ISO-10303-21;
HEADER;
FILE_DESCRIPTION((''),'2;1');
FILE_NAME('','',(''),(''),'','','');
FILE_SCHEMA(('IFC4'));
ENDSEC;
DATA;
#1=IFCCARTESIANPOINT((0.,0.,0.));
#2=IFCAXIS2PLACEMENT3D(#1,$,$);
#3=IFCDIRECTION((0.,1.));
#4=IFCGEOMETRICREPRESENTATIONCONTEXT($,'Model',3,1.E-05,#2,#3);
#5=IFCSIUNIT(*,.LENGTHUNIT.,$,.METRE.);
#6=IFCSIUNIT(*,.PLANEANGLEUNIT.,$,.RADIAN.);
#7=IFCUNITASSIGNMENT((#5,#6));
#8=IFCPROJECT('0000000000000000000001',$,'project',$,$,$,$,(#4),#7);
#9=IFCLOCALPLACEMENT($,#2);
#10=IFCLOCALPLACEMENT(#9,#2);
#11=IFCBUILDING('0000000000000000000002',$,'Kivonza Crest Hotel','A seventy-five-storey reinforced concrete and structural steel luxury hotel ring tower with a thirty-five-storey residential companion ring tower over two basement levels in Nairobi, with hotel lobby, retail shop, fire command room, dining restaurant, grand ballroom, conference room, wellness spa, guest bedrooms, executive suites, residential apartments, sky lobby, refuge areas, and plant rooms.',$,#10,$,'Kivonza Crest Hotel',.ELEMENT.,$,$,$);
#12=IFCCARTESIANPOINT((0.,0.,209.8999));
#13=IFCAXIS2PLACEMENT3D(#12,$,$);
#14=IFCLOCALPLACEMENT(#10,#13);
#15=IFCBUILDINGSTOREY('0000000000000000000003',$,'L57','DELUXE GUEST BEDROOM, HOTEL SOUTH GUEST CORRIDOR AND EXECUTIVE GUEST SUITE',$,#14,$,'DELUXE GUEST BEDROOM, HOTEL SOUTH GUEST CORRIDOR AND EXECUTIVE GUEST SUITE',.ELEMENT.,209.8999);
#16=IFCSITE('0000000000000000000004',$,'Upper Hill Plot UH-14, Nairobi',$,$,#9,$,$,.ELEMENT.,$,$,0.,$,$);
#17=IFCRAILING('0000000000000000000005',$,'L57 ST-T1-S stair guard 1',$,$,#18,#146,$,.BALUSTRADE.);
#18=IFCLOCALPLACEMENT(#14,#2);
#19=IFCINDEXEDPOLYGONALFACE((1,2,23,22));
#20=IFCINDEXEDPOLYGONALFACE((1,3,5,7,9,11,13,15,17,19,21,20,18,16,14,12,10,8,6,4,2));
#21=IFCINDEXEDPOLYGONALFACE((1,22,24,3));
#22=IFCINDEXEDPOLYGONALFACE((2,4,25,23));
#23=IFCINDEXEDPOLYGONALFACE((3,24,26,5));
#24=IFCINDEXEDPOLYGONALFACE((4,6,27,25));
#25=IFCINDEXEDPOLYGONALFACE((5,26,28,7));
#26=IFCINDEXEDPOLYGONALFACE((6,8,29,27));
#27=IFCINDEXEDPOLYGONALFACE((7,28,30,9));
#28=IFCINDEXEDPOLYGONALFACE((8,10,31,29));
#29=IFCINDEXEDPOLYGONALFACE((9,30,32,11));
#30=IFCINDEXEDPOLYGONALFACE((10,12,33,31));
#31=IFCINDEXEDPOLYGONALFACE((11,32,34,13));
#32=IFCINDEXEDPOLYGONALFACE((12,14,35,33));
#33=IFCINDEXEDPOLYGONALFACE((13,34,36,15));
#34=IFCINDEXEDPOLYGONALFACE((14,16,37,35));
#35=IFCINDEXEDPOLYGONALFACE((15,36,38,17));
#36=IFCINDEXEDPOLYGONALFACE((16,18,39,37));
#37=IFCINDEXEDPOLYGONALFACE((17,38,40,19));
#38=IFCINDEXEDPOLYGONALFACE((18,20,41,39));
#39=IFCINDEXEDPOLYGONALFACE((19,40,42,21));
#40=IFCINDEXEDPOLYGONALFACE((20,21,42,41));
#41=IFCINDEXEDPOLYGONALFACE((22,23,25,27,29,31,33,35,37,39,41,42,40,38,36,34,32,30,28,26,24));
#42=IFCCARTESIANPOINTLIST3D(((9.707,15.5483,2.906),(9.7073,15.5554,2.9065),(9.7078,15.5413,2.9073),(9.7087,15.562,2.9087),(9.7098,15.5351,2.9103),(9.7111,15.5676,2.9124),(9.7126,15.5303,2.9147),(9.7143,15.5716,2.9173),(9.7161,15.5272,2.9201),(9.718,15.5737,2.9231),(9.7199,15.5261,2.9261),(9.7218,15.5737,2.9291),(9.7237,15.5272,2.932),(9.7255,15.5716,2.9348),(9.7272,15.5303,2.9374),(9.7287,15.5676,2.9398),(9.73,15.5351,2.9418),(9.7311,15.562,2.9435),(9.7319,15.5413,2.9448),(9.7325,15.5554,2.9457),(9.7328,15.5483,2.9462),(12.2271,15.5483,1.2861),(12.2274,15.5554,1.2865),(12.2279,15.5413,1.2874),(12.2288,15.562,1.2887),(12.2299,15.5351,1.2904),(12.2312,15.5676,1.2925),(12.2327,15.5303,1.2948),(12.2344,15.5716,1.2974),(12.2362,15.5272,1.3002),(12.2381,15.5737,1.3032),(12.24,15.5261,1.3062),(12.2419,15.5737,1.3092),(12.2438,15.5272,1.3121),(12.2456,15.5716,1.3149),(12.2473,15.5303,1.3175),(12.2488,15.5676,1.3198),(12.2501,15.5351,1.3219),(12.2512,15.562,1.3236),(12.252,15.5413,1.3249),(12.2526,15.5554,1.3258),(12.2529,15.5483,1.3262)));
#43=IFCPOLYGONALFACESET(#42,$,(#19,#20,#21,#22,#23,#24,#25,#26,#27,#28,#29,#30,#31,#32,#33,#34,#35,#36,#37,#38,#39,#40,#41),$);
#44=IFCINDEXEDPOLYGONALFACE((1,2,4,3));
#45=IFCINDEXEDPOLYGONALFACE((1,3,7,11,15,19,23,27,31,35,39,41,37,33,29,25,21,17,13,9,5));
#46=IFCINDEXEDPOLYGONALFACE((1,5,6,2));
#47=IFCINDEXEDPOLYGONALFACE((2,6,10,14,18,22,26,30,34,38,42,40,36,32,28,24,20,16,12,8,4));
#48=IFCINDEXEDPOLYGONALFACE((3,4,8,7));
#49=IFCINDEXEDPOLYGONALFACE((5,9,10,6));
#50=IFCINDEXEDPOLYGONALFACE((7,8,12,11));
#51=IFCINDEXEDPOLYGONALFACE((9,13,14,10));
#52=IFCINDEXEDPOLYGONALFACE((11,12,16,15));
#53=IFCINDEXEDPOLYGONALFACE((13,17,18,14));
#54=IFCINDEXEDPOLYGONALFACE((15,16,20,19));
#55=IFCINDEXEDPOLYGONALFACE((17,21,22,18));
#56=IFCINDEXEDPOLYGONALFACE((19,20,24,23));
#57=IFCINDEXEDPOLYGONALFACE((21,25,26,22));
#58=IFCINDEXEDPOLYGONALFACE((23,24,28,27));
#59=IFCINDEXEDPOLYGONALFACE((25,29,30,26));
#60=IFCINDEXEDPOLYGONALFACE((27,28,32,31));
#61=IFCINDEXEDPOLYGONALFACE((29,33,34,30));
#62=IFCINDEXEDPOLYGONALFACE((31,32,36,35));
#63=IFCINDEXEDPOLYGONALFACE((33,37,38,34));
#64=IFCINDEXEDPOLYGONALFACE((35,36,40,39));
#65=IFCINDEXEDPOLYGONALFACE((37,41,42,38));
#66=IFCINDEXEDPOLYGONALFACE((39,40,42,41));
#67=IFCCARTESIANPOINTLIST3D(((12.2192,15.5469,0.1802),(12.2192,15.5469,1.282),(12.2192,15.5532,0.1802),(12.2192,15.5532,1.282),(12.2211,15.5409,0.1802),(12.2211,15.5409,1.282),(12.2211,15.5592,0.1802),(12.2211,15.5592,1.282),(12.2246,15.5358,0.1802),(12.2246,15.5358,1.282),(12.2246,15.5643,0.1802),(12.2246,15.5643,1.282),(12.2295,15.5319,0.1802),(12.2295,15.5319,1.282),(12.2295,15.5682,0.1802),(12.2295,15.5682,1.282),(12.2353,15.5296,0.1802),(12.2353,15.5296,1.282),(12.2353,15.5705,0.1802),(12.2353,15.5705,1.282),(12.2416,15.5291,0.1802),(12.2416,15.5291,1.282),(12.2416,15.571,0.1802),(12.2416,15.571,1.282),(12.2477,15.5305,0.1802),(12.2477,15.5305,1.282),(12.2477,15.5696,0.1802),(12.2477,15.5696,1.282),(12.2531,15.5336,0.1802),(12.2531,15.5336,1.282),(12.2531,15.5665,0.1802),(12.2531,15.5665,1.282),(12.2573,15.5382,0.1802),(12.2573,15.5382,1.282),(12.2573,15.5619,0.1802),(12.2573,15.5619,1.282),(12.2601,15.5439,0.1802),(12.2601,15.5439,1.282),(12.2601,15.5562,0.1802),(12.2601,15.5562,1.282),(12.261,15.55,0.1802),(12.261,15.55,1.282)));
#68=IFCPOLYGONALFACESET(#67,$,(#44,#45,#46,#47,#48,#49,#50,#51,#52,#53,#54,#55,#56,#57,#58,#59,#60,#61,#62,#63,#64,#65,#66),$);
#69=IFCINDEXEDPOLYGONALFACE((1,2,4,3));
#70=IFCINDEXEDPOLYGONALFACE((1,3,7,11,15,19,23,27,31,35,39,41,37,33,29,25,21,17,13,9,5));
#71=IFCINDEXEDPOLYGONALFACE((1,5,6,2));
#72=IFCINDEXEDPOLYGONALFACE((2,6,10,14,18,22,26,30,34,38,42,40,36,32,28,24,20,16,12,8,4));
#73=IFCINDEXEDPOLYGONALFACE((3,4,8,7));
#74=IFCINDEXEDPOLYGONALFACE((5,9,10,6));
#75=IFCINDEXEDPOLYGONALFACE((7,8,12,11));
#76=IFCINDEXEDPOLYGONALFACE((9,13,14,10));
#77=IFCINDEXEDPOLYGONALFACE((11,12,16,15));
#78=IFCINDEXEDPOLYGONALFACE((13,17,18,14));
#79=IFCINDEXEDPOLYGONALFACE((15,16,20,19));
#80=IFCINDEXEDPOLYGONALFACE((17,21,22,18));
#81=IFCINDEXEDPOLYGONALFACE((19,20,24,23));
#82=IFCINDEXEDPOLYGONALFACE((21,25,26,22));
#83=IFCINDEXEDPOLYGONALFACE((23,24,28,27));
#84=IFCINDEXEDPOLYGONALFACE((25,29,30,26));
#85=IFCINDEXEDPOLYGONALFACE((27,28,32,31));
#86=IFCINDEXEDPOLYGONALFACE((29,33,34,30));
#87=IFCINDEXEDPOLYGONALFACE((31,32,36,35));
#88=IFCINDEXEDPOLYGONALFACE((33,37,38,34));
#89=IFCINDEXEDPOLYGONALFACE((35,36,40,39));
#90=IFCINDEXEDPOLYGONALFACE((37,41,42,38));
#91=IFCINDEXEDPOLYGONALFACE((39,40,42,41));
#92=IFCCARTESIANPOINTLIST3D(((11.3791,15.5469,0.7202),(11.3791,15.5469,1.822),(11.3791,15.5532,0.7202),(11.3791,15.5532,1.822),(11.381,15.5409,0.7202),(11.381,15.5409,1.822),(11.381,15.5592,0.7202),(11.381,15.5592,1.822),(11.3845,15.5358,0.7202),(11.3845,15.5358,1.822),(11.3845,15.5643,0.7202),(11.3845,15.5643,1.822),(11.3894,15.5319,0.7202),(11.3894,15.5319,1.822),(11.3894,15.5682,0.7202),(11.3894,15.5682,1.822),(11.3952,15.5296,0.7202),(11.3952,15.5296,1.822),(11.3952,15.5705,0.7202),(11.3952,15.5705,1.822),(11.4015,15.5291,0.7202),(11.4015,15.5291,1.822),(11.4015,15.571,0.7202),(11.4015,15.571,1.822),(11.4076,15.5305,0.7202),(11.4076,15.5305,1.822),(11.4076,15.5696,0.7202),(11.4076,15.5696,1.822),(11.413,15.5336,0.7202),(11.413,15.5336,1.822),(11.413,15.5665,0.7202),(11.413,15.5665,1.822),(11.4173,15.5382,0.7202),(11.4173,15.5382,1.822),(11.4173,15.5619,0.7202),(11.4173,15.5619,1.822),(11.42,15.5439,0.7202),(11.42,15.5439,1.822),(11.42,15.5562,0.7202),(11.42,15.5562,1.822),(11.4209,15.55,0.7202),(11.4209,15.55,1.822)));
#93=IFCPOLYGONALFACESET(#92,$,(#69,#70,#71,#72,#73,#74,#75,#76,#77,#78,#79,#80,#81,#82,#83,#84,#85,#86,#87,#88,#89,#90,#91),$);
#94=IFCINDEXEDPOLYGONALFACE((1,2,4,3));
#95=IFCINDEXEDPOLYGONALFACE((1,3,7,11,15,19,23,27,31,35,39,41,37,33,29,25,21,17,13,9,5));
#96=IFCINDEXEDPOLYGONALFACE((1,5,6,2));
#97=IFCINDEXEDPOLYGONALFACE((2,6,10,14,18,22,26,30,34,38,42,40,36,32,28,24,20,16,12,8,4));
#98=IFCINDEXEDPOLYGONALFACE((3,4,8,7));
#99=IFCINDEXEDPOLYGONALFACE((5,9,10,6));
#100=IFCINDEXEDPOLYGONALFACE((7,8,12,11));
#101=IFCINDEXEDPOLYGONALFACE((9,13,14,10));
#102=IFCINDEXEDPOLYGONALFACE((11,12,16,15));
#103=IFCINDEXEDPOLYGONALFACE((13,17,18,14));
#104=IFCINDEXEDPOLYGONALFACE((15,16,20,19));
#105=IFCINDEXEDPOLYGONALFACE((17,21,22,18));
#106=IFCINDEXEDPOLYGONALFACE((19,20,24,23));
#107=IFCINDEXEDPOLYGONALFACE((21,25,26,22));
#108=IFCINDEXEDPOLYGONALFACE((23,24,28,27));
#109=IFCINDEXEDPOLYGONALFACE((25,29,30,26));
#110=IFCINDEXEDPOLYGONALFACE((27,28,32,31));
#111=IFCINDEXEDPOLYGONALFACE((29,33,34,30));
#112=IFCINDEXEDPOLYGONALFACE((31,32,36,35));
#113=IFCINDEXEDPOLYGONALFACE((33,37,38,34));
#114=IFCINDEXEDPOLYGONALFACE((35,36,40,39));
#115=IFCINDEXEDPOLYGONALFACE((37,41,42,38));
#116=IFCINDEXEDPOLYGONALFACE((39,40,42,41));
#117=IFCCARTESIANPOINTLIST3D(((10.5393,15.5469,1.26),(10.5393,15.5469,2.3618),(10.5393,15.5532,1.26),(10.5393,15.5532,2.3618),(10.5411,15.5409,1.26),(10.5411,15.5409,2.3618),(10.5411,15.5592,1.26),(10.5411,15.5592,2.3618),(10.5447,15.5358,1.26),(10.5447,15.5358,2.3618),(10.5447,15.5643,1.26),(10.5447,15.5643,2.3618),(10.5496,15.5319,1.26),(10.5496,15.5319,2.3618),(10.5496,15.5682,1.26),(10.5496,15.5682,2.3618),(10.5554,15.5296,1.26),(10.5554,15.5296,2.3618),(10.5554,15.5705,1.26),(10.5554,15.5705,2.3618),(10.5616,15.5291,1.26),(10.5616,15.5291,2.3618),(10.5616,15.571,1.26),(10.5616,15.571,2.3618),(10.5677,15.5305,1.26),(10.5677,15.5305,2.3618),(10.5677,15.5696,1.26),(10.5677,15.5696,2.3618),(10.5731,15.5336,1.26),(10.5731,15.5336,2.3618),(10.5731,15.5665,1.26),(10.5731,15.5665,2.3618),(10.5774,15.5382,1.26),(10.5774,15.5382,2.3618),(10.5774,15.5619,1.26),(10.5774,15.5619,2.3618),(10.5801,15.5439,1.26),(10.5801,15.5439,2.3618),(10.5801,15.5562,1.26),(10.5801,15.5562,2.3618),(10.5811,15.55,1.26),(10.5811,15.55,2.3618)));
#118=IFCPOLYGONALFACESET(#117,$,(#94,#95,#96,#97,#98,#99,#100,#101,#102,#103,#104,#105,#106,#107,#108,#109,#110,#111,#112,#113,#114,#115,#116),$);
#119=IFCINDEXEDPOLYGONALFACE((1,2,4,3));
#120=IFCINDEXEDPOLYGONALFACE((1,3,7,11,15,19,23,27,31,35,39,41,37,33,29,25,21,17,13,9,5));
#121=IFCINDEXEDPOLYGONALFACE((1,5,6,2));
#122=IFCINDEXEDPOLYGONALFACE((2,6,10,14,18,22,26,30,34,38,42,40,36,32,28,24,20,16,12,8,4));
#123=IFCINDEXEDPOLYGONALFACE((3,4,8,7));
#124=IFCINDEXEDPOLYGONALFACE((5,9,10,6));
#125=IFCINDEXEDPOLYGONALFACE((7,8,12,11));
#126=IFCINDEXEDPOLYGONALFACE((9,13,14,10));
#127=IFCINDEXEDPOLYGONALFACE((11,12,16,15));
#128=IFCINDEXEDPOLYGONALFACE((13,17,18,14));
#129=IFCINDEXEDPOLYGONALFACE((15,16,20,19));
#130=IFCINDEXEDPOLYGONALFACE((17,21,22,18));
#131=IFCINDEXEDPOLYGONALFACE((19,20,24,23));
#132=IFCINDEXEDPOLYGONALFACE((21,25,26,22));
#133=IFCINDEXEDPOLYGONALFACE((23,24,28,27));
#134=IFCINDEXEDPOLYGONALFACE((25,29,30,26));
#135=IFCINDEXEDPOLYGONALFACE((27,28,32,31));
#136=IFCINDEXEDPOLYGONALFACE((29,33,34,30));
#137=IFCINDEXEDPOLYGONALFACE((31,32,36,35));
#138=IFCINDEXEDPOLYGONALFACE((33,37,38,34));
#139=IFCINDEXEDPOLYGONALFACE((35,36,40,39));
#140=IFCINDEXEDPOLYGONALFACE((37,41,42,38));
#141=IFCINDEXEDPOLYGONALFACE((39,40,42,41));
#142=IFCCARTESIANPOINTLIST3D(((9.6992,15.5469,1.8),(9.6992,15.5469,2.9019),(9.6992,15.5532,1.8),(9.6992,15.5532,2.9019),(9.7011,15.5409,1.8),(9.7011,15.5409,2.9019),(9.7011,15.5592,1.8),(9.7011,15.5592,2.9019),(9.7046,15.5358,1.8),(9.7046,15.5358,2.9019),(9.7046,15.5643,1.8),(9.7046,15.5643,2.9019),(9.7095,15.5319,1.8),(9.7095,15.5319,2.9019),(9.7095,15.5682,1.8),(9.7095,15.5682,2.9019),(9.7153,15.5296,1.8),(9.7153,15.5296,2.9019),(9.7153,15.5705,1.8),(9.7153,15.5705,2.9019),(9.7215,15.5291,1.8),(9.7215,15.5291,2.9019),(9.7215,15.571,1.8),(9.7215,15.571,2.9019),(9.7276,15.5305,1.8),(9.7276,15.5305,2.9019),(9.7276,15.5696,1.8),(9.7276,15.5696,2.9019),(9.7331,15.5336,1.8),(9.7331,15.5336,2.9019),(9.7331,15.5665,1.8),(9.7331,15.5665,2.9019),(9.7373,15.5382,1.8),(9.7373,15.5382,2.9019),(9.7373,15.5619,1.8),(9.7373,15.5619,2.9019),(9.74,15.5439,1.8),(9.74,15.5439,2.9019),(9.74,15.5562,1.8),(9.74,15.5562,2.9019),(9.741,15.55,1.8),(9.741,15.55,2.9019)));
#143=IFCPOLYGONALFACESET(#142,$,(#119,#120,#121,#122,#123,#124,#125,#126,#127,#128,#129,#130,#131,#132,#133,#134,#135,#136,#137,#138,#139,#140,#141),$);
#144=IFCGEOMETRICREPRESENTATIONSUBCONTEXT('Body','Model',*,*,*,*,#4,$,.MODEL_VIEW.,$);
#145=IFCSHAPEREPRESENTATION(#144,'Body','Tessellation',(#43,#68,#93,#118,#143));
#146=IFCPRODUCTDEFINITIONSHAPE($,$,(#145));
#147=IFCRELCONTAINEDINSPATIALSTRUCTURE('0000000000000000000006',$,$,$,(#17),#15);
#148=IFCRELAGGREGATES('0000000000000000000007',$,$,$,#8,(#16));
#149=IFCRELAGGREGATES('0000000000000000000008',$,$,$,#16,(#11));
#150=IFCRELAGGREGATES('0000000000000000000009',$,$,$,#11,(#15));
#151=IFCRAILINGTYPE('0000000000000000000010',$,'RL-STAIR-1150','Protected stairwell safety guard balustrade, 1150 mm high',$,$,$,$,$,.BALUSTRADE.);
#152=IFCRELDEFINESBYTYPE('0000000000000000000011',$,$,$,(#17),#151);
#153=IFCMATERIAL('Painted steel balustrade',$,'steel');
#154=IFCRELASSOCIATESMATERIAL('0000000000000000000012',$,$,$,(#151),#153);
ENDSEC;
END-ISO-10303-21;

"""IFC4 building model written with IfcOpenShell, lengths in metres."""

from ifc_helpers import new_model, si_unit, direction, frame, origin, origin_2d, place, context, subcontext, project, spatial, circle, extrude, material, type_object, element, save


model = new_model("IFC4")

# Units and contexts
model_context = context("Model", 3, precision=1e-05, world=origin(), true_north=direction((0.0, 1.0)))
body_context = subcontext(model_context, "Body", "Model", "MODEL_VIEW")
ifc_project = project(units=[si_unit("LENGTHUNIT", "METRE"), si_unit("PLANEANGLEUNIT", "RADIAN")], contexts=[model_context])

# Site, building, storey
site_placement = place(None, origin())
site = spatial("IfcSite", under=ifc_project, at=site_placement, Name="Upper Hill Plot UH-14, Nairobi", CompositionType="ELEMENT", RefElevation=0.0)
building_placement = place(site_placement, origin())
building = spatial("IfcBuilding", under=site, at=building_placement, Name="Kivonza Crest Hotel", Description="A seventy-five-storey reinforced concrete and structural steel luxury hotel ring tower with a thirty-five-storey residential companion ring tower over two basement levels in Nairobi, with hotel lobby, retail shop, fire command room, dining restaurant, grand ballroom, conference room, wellness spa, guest bedrooms, executive suites, residential apartments, sky lobby, refuge areas, and plant rooms.", LongName="Kivonza Crest Hotel", CompositionType="ELEMENT")
storey_placement = place(building_placement, frame((0.0, 0.0, 209.8999)))
storey = spatial("IfcBuildingStorey", under=building, at=storey_placement, Name="L57", Description="DELUXE GUEST BEDROOM, HOTEL SOUTH GUEST CORRIDOR AND EXECUTIVE GUEST SUITE", LongName="DELUXE GUEST BEDROOM, HOTEL SOUTH GUEST CORRIDOR AND EXECUTIVE GUEST SUITE", CompositionType="ELEMENT", Elevation=209.8999)

# Railing
ifc_material_1 = material(Name="Painted steel balustrade", Category="steel")
railing_type_1 = type_object("IfcRailingType", Name="RL-STAIR-1150", Description="Protected stairwell safety guard balustrade, 1150 mm high", PredefinedType="BALUSTRADE", material=ifc_material_1)
railing_1_placement = place(storey_placement, frame((12.24, 15.55, 0.1802)))
element("IfcRailing", 1, at=railing_1_placement, inside=storey, type_object=railing_type_1, Name="L57 ST-T1-S stair guard 1", PredefinedType="BALUSTRADE", context=body_context, shape_type="SweptSolid", body=[
    extrude(circle(Radius=0.0239, at=origin_2d()), frame((0.0, 0.0, 1.126), z_axis=(-0.8412, 0.0, 0.540725), x_axis=(0.0, -1.0, 0.0)), (0.0, 0.0, 1.0), 2.9958),
    extrude(circle(Radius=0.021, at=origin_2d()), origin(), (0.0, 0.0, 1.0), 1.1018),
    extrude(circle(Radius=0.021, at=origin_2d()), frame((-0.8401, 0.0, 0.54)), (0.0, 0.0, 1.0), 1.1018),
    extrude(circle(Radius=0.021, at=origin_2d()), frame((-1.6799, 0.0, 1.0798)), (0.0, 0.0, 1.0), 1.1018),
    extrude(circle(Radius=0.021, at=origin_2d()), frame((-2.52, 0.0, 1.6199)), (0.0, 0.0, 1.0), 1.1018),
])

save(model, "model.ifc")
